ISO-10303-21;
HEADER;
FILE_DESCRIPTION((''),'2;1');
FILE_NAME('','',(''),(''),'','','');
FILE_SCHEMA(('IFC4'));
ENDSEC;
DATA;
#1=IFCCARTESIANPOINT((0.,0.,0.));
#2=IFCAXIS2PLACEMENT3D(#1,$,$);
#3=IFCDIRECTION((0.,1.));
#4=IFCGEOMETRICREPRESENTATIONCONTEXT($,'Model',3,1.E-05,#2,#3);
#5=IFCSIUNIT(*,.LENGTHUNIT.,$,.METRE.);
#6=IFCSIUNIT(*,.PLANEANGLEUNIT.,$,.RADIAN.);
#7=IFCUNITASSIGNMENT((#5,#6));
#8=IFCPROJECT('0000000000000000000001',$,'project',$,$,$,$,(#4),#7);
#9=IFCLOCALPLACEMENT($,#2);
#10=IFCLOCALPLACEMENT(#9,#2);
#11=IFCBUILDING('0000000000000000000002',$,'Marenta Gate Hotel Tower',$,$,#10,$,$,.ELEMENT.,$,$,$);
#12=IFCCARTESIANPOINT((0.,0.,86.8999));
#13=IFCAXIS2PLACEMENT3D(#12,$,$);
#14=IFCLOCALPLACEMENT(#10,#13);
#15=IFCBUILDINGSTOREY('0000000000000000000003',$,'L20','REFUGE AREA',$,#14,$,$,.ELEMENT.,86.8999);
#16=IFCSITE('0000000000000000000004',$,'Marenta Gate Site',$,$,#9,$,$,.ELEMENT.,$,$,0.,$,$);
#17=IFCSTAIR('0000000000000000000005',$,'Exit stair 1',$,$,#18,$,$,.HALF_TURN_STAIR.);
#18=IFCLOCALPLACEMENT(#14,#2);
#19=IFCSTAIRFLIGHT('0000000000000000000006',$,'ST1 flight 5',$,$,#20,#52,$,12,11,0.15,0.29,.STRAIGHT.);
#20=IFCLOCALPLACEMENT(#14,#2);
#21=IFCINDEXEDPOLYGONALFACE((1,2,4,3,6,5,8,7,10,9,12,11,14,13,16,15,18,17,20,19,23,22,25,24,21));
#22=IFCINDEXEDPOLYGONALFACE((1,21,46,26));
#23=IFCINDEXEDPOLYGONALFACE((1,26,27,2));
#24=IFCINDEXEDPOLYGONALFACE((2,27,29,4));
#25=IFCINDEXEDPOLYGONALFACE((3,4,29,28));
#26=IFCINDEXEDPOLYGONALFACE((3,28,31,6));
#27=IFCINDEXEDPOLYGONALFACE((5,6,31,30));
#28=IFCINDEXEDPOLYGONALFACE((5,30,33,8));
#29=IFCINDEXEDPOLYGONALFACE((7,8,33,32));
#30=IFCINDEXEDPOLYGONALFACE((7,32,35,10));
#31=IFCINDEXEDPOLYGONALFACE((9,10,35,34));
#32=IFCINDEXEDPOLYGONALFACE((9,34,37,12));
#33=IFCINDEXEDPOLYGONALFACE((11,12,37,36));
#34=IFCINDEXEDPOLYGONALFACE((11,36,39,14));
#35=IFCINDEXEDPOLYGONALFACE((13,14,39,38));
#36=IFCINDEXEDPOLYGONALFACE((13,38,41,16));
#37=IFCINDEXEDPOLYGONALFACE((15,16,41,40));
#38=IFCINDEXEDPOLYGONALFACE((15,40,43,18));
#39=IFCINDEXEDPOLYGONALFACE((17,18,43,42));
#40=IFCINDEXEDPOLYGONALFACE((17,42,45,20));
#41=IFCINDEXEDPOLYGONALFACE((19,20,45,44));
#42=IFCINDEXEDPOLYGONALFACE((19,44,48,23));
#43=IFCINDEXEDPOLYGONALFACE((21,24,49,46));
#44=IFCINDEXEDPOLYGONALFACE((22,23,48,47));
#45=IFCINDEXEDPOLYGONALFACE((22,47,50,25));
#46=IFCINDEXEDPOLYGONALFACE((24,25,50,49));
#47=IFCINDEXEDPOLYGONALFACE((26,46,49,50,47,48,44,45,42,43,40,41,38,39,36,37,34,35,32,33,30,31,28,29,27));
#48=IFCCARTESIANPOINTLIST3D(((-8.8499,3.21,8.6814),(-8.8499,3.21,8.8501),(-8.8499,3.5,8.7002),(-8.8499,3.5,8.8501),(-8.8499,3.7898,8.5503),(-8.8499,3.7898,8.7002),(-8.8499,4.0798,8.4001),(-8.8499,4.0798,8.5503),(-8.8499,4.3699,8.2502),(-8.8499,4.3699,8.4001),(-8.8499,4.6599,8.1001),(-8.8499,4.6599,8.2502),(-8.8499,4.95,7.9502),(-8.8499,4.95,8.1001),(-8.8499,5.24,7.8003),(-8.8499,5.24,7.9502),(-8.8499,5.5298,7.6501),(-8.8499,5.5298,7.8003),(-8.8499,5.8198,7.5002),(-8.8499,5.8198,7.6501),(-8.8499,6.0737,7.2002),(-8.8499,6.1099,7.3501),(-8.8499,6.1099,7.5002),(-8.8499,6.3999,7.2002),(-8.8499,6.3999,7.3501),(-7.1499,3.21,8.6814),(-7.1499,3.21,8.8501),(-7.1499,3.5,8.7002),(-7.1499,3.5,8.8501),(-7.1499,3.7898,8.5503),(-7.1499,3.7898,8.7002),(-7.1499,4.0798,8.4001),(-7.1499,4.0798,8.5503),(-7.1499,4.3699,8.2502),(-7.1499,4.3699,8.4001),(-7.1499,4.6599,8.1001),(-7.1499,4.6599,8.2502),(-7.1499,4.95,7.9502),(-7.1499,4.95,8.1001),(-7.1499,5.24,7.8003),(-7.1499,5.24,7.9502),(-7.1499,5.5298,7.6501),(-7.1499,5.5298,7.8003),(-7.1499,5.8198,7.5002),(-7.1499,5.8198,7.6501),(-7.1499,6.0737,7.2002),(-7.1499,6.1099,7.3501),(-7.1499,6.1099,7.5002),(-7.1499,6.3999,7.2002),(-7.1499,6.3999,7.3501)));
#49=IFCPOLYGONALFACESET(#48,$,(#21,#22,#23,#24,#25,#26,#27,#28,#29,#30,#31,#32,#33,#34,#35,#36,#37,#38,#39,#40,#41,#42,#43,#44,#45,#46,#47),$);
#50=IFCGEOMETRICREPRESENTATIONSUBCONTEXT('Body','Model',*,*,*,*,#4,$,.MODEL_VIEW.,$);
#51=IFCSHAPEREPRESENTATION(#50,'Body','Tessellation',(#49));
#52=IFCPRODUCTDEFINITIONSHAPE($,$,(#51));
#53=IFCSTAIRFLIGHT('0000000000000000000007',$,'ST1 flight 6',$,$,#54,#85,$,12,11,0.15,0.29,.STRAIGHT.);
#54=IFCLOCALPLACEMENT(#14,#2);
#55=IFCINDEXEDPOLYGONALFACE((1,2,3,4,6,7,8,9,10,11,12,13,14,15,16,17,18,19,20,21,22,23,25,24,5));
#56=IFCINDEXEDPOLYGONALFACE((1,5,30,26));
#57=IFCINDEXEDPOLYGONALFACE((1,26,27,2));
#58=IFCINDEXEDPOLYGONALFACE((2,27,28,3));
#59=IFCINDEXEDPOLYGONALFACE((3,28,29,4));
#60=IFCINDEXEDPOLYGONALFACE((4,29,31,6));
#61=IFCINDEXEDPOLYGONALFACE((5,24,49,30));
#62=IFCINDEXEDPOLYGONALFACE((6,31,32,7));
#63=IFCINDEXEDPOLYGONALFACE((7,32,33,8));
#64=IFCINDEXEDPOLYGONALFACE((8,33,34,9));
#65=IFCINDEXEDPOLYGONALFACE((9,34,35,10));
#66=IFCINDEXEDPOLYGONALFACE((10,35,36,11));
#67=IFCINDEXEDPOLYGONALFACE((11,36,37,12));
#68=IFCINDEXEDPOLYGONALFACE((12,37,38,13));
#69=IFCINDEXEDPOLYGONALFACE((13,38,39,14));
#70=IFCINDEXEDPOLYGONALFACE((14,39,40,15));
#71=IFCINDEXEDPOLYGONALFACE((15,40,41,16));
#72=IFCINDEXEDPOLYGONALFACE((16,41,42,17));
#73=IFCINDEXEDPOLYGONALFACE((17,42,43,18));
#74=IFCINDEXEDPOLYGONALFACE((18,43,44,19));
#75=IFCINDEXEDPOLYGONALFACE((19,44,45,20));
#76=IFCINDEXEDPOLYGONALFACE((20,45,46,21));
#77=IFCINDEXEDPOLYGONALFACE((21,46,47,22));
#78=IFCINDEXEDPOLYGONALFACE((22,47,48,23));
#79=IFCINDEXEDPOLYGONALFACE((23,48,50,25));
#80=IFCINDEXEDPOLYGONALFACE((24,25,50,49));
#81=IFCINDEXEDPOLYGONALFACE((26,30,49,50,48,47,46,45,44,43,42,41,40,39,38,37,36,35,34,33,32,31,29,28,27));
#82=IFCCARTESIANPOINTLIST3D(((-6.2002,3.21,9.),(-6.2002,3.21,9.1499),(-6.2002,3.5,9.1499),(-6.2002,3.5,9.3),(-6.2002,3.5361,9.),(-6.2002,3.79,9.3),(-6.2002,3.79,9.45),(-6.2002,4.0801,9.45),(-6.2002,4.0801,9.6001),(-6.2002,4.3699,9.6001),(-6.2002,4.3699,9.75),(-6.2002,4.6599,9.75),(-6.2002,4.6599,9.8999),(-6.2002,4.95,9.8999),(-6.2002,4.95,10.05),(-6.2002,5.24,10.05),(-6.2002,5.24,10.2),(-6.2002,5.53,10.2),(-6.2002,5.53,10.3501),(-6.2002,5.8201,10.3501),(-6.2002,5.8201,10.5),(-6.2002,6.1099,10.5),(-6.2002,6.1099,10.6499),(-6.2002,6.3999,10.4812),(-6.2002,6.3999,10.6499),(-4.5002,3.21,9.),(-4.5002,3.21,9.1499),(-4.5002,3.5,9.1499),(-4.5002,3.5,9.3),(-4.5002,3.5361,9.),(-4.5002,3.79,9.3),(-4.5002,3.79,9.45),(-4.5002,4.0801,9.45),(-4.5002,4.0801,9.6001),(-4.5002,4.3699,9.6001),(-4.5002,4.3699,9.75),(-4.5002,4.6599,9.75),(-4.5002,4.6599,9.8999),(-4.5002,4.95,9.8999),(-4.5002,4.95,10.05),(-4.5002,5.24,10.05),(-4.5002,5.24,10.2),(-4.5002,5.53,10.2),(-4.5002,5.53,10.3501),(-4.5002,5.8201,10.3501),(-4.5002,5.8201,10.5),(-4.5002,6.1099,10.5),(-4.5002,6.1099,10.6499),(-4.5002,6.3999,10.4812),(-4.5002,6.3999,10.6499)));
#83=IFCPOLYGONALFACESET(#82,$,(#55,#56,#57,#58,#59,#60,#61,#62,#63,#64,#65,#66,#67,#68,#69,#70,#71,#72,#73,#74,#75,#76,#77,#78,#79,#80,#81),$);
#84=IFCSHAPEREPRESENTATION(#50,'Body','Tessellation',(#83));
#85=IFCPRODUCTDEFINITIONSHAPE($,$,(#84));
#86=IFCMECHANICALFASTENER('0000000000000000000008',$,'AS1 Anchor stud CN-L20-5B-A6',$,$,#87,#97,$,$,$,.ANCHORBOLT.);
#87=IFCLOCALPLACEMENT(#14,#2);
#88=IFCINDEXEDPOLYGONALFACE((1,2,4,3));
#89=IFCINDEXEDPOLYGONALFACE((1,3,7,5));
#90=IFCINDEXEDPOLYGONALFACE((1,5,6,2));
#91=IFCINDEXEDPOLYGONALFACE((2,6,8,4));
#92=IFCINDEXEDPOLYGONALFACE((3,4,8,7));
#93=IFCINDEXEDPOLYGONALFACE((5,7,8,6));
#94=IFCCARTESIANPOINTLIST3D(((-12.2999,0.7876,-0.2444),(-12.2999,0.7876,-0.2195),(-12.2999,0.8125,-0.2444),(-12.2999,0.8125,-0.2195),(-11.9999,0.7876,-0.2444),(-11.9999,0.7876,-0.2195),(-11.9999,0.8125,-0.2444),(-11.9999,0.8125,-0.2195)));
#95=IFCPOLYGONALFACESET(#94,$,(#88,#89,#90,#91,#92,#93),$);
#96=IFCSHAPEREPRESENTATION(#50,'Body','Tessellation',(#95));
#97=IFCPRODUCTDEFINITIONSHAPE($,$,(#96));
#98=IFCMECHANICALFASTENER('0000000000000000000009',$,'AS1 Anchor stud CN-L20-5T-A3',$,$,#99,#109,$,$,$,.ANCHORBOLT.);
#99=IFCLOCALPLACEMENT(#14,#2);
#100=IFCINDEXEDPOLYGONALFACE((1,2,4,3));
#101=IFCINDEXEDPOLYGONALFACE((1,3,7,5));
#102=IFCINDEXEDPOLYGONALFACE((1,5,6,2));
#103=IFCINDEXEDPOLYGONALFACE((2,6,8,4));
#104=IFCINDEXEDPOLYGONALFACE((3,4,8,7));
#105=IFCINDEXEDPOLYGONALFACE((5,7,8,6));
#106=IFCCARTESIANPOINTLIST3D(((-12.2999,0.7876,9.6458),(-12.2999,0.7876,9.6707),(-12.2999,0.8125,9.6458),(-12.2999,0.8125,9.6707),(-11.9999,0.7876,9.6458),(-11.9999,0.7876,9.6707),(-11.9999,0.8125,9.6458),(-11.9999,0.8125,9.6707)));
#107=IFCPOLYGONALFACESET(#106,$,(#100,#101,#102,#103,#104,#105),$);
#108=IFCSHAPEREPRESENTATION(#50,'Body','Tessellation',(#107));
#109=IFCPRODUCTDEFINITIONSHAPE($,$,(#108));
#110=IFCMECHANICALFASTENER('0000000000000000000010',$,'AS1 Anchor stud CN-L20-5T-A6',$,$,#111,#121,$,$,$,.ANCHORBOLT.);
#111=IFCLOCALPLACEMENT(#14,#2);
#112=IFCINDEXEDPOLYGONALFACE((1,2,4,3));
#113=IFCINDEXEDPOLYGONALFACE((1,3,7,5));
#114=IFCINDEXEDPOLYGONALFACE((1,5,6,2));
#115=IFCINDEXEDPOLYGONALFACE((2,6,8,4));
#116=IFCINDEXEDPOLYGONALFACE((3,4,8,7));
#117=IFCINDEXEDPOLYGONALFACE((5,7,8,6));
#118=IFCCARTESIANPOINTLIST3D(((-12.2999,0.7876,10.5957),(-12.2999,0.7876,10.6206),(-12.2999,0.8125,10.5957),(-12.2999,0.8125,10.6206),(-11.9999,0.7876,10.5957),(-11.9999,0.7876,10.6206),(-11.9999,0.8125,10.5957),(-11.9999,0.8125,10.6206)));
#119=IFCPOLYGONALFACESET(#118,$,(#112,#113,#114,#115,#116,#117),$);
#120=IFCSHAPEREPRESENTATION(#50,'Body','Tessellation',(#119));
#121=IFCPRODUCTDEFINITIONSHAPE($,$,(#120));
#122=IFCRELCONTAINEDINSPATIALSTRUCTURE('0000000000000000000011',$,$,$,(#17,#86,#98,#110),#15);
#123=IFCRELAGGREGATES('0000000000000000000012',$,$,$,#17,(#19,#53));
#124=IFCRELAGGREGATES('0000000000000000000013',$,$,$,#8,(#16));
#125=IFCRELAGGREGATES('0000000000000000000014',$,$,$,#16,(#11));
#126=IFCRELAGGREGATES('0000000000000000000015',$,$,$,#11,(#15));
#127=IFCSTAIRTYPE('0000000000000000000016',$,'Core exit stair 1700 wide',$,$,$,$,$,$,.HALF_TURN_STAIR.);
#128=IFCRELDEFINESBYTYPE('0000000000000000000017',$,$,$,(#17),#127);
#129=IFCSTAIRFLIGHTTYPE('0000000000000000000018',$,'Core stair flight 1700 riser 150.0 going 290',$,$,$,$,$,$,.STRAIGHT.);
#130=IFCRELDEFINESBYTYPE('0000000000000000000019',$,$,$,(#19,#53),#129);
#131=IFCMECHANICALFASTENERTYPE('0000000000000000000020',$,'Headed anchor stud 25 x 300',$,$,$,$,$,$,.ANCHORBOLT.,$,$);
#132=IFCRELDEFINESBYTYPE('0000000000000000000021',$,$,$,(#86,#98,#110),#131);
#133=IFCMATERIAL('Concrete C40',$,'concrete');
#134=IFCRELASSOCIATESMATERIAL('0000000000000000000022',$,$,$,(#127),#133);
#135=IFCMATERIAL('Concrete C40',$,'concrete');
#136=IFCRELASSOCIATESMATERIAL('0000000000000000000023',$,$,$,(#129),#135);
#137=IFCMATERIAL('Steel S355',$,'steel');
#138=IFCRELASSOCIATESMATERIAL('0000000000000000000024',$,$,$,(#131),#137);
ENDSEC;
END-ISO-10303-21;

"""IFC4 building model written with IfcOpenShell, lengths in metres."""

from ifc_helpers import new_model, si_unit, direction, frame, origin, origin_2d, place, context, subcontext, project, spatial, polyline, rectangle, outline, extrude, material, type_object, element, aggregate, save


model = new_model("IFC4")

# Units and contexts
model_context = context("Model", 3, precision=1e-05, world=origin(), true_north=direction((0.0, 1.0)))
body_context = subcontext(model_context, "Body", "Model", "MODEL_VIEW")
ifc_project = project(units=[si_unit("LENGTHUNIT", "METRE"), si_unit("PLANEANGLEUNIT", "RADIAN")], contexts=[model_context])

# Site, building, storey
site_placement = place(None, origin())
site = spatial("IfcSite", under=ifc_project, at=site_placement, Name="Marenta Gate Site", CompositionType="ELEMENT", RefElevation=0.0)
building_placement = place(site_placement, origin())
building = spatial("IfcBuilding", under=site, at=building_placement, Name="Marenta Gate Hotel Tower", CompositionType="ELEMENT")
storey_placement = place(building_placement, frame((0.0, 0.0, 86.8999)))
storey = spatial("IfcBuildingStorey", under=building, at=storey_placement, Name="L20", Description="REFUGE AREA", CompositionType="ELEMENT", Elevation=86.8999)

# Stair, stair flights
ifc_material_1 = material(Name="Concrete C40", Category="concrete")
stair_type = type_object("IfcStairType", Name="Core exit stair 1700 wide", PredefinedType="HALF_TURN_STAIR", material=ifc_material_1)
stair_placement = place(storey_placement, origin())
stair = element("IfcStair", 1, at=stair_placement, inside=storey, type_object=stair_type, Name="Exit stair 1", PredefinedType="HALF_TURN_STAIR")
ifc_material_2 = material(Name="Concrete C40", Category="concrete")
stair_flight_type = type_object("IfcStairFlightType", Name="Core stair flight 1700 riser 150.0 going 290", PredefinedType="STRAIGHT", material=ifc_material_2)
stair_flight_1_placement = place(storey_placement, frame((-8.0, 6.3999, 7.2002), z_axis=(0.0, 0.0, 1.0), x_axis=(0.0, -1.0, 0.0)))
stair_flight_1 = element("IfcStairFlight", 2, at=stair_flight_1_placement, type_object=stair_flight_type, Name="ST1 flight 5", NumberOfRisers=12, NumberOfTreads=11, PredefinedType="STRAIGHT", RiserHeight=0.15, TreadLength=0.29, context=body_context, shape_type="SweptSolid", body=[
    extrude(outline(polyline([(0.0, 0.0), (0.0, 0.1499), (0.29, 0.1499), (0.29, 0.3), (0.5801, 0.3), (0.5801, 0.45), (0.8701, 0.45), (0.8701, 0.6001), (1.1599, 0.6001), (1.1599, 0.75), (1.45, 0.75), (1.45, 0.8999), (1.74, 0.8999), (1.74, 1.05), (2.03, 1.05), (2.03, 1.2), (2.3201, 1.2), (2.3201, 1.3501), (2.6101, 1.3501), (2.6101, 1.5), (2.8999, 1.5), (2.8999, 1.6499), (3.1899, 1.6499), (3.1899, 1.8), (3.1899, 1.4812), (0.3262, 0.0), (0.0, 0.0)])), frame((0.0, 0.8501, 0.0), z_axis=(0.0, -1.0, 0.0), x_axis=(1.0, 0.0, 0.0)), (0.0, 0.0, 1.0), 1.7),
])
stair_flight_2_placement = place(storey_placement, frame((-5.3501, 3.21, 9.0), z_axis=(0.0, 0.0, 1.0), x_axis=(0.0, 1.0, 0.0)))
stair_flight_2 = element("IfcStairFlight", 3, at=stair_flight_2_placement, type_object=stair_flight_type, Name="ST1 flight 6", NumberOfRisers=12, NumberOfTreads=11, PredefinedType="STRAIGHT", RiserHeight=0.15, TreadLength=0.29, context=body_context, shape_type="SweptSolid", body=[
    extrude(outline(polyline([(0.0, 0.0), (0.0, 0.1499), (0.29, 0.1499), (0.29, 0.3), (0.5801, 0.3), (0.5801, 0.45), (0.8701, 0.45), (0.8701, 0.6001), (1.1599, 0.6001), (1.1599, 0.75), (1.45, 0.75), (1.45, 0.8999), (1.74, 0.8999), (1.74, 1.05), (2.03, 1.05), (2.03, 1.2), (2.3201, 1.2), (2.3201, 1.3501), (2.6101, 1.3501), (2.6101, 1.5), (2.8999, 1.5), (2.8999, 1.6499), (3.1899, 1.6499), (3.1899, 1.8), (3.1899, 1.4812), (0.3262, 0.0), (0.0, 0.0)])), frame((0.0, 0.8501, 0.0), z_axis=(0.0, -1.0, 0.0), x_axis=(1.0, 0.0, 0.0)), (0.0, 0.0, 1.0), 1.7),
])
aggregate(stair, [stair_flight_1, stair_flight_2])

# Mechanical fasteners
ifc_material_3 = material(Name="Steel S355", Category="steel")
mechanical_fastener_type = type_object("IfcMechanicalFastenerType", Name="Headed anchor stud 25 x 300", PredefinedType="ANCHORBOLT", material=ifc_material_3)
for number, where, z_axis, x_axis, name in (
    (4, (-12.1499, 0.8, -0.2444), (0.0, 0.0, 1.0), (1.0, 0.0, 0.0), "AS1 Anchor stud CN-L20-5B-A6"),
    (5, (-12.1499, 0.8, 9.6458), (0.0, 0.0, 1.0), (1.0, 0.0, 0.0), "AS1 Anchor stud CN-L20-5T-A3"),
    (6, (-12.1499, 0.8, 10.5957), (0.0, 0.0, 1.0), (1.0, 0.0, 0.0), "AS1 Anchor stud CN-L20-5T-A6"),
):
    element("IfcMechanicalFastener", number, at=place(storey_placement, frame(where, z_axis=z_axis, x_axis=x_axis)), inside=storey, type_object=mechanical_fastener_type, Name=name, PredefinedType="ANCHORBOLT", context=body_context, shape_type="SweptSolid", body=[
        extrude(rectangle(XDim=0.3, YDim=0.0249, at=origin_2d()), origin(), (0.0, 0.0, 1.0), 0.0249),
    ])

save(model, "model.ifc")
